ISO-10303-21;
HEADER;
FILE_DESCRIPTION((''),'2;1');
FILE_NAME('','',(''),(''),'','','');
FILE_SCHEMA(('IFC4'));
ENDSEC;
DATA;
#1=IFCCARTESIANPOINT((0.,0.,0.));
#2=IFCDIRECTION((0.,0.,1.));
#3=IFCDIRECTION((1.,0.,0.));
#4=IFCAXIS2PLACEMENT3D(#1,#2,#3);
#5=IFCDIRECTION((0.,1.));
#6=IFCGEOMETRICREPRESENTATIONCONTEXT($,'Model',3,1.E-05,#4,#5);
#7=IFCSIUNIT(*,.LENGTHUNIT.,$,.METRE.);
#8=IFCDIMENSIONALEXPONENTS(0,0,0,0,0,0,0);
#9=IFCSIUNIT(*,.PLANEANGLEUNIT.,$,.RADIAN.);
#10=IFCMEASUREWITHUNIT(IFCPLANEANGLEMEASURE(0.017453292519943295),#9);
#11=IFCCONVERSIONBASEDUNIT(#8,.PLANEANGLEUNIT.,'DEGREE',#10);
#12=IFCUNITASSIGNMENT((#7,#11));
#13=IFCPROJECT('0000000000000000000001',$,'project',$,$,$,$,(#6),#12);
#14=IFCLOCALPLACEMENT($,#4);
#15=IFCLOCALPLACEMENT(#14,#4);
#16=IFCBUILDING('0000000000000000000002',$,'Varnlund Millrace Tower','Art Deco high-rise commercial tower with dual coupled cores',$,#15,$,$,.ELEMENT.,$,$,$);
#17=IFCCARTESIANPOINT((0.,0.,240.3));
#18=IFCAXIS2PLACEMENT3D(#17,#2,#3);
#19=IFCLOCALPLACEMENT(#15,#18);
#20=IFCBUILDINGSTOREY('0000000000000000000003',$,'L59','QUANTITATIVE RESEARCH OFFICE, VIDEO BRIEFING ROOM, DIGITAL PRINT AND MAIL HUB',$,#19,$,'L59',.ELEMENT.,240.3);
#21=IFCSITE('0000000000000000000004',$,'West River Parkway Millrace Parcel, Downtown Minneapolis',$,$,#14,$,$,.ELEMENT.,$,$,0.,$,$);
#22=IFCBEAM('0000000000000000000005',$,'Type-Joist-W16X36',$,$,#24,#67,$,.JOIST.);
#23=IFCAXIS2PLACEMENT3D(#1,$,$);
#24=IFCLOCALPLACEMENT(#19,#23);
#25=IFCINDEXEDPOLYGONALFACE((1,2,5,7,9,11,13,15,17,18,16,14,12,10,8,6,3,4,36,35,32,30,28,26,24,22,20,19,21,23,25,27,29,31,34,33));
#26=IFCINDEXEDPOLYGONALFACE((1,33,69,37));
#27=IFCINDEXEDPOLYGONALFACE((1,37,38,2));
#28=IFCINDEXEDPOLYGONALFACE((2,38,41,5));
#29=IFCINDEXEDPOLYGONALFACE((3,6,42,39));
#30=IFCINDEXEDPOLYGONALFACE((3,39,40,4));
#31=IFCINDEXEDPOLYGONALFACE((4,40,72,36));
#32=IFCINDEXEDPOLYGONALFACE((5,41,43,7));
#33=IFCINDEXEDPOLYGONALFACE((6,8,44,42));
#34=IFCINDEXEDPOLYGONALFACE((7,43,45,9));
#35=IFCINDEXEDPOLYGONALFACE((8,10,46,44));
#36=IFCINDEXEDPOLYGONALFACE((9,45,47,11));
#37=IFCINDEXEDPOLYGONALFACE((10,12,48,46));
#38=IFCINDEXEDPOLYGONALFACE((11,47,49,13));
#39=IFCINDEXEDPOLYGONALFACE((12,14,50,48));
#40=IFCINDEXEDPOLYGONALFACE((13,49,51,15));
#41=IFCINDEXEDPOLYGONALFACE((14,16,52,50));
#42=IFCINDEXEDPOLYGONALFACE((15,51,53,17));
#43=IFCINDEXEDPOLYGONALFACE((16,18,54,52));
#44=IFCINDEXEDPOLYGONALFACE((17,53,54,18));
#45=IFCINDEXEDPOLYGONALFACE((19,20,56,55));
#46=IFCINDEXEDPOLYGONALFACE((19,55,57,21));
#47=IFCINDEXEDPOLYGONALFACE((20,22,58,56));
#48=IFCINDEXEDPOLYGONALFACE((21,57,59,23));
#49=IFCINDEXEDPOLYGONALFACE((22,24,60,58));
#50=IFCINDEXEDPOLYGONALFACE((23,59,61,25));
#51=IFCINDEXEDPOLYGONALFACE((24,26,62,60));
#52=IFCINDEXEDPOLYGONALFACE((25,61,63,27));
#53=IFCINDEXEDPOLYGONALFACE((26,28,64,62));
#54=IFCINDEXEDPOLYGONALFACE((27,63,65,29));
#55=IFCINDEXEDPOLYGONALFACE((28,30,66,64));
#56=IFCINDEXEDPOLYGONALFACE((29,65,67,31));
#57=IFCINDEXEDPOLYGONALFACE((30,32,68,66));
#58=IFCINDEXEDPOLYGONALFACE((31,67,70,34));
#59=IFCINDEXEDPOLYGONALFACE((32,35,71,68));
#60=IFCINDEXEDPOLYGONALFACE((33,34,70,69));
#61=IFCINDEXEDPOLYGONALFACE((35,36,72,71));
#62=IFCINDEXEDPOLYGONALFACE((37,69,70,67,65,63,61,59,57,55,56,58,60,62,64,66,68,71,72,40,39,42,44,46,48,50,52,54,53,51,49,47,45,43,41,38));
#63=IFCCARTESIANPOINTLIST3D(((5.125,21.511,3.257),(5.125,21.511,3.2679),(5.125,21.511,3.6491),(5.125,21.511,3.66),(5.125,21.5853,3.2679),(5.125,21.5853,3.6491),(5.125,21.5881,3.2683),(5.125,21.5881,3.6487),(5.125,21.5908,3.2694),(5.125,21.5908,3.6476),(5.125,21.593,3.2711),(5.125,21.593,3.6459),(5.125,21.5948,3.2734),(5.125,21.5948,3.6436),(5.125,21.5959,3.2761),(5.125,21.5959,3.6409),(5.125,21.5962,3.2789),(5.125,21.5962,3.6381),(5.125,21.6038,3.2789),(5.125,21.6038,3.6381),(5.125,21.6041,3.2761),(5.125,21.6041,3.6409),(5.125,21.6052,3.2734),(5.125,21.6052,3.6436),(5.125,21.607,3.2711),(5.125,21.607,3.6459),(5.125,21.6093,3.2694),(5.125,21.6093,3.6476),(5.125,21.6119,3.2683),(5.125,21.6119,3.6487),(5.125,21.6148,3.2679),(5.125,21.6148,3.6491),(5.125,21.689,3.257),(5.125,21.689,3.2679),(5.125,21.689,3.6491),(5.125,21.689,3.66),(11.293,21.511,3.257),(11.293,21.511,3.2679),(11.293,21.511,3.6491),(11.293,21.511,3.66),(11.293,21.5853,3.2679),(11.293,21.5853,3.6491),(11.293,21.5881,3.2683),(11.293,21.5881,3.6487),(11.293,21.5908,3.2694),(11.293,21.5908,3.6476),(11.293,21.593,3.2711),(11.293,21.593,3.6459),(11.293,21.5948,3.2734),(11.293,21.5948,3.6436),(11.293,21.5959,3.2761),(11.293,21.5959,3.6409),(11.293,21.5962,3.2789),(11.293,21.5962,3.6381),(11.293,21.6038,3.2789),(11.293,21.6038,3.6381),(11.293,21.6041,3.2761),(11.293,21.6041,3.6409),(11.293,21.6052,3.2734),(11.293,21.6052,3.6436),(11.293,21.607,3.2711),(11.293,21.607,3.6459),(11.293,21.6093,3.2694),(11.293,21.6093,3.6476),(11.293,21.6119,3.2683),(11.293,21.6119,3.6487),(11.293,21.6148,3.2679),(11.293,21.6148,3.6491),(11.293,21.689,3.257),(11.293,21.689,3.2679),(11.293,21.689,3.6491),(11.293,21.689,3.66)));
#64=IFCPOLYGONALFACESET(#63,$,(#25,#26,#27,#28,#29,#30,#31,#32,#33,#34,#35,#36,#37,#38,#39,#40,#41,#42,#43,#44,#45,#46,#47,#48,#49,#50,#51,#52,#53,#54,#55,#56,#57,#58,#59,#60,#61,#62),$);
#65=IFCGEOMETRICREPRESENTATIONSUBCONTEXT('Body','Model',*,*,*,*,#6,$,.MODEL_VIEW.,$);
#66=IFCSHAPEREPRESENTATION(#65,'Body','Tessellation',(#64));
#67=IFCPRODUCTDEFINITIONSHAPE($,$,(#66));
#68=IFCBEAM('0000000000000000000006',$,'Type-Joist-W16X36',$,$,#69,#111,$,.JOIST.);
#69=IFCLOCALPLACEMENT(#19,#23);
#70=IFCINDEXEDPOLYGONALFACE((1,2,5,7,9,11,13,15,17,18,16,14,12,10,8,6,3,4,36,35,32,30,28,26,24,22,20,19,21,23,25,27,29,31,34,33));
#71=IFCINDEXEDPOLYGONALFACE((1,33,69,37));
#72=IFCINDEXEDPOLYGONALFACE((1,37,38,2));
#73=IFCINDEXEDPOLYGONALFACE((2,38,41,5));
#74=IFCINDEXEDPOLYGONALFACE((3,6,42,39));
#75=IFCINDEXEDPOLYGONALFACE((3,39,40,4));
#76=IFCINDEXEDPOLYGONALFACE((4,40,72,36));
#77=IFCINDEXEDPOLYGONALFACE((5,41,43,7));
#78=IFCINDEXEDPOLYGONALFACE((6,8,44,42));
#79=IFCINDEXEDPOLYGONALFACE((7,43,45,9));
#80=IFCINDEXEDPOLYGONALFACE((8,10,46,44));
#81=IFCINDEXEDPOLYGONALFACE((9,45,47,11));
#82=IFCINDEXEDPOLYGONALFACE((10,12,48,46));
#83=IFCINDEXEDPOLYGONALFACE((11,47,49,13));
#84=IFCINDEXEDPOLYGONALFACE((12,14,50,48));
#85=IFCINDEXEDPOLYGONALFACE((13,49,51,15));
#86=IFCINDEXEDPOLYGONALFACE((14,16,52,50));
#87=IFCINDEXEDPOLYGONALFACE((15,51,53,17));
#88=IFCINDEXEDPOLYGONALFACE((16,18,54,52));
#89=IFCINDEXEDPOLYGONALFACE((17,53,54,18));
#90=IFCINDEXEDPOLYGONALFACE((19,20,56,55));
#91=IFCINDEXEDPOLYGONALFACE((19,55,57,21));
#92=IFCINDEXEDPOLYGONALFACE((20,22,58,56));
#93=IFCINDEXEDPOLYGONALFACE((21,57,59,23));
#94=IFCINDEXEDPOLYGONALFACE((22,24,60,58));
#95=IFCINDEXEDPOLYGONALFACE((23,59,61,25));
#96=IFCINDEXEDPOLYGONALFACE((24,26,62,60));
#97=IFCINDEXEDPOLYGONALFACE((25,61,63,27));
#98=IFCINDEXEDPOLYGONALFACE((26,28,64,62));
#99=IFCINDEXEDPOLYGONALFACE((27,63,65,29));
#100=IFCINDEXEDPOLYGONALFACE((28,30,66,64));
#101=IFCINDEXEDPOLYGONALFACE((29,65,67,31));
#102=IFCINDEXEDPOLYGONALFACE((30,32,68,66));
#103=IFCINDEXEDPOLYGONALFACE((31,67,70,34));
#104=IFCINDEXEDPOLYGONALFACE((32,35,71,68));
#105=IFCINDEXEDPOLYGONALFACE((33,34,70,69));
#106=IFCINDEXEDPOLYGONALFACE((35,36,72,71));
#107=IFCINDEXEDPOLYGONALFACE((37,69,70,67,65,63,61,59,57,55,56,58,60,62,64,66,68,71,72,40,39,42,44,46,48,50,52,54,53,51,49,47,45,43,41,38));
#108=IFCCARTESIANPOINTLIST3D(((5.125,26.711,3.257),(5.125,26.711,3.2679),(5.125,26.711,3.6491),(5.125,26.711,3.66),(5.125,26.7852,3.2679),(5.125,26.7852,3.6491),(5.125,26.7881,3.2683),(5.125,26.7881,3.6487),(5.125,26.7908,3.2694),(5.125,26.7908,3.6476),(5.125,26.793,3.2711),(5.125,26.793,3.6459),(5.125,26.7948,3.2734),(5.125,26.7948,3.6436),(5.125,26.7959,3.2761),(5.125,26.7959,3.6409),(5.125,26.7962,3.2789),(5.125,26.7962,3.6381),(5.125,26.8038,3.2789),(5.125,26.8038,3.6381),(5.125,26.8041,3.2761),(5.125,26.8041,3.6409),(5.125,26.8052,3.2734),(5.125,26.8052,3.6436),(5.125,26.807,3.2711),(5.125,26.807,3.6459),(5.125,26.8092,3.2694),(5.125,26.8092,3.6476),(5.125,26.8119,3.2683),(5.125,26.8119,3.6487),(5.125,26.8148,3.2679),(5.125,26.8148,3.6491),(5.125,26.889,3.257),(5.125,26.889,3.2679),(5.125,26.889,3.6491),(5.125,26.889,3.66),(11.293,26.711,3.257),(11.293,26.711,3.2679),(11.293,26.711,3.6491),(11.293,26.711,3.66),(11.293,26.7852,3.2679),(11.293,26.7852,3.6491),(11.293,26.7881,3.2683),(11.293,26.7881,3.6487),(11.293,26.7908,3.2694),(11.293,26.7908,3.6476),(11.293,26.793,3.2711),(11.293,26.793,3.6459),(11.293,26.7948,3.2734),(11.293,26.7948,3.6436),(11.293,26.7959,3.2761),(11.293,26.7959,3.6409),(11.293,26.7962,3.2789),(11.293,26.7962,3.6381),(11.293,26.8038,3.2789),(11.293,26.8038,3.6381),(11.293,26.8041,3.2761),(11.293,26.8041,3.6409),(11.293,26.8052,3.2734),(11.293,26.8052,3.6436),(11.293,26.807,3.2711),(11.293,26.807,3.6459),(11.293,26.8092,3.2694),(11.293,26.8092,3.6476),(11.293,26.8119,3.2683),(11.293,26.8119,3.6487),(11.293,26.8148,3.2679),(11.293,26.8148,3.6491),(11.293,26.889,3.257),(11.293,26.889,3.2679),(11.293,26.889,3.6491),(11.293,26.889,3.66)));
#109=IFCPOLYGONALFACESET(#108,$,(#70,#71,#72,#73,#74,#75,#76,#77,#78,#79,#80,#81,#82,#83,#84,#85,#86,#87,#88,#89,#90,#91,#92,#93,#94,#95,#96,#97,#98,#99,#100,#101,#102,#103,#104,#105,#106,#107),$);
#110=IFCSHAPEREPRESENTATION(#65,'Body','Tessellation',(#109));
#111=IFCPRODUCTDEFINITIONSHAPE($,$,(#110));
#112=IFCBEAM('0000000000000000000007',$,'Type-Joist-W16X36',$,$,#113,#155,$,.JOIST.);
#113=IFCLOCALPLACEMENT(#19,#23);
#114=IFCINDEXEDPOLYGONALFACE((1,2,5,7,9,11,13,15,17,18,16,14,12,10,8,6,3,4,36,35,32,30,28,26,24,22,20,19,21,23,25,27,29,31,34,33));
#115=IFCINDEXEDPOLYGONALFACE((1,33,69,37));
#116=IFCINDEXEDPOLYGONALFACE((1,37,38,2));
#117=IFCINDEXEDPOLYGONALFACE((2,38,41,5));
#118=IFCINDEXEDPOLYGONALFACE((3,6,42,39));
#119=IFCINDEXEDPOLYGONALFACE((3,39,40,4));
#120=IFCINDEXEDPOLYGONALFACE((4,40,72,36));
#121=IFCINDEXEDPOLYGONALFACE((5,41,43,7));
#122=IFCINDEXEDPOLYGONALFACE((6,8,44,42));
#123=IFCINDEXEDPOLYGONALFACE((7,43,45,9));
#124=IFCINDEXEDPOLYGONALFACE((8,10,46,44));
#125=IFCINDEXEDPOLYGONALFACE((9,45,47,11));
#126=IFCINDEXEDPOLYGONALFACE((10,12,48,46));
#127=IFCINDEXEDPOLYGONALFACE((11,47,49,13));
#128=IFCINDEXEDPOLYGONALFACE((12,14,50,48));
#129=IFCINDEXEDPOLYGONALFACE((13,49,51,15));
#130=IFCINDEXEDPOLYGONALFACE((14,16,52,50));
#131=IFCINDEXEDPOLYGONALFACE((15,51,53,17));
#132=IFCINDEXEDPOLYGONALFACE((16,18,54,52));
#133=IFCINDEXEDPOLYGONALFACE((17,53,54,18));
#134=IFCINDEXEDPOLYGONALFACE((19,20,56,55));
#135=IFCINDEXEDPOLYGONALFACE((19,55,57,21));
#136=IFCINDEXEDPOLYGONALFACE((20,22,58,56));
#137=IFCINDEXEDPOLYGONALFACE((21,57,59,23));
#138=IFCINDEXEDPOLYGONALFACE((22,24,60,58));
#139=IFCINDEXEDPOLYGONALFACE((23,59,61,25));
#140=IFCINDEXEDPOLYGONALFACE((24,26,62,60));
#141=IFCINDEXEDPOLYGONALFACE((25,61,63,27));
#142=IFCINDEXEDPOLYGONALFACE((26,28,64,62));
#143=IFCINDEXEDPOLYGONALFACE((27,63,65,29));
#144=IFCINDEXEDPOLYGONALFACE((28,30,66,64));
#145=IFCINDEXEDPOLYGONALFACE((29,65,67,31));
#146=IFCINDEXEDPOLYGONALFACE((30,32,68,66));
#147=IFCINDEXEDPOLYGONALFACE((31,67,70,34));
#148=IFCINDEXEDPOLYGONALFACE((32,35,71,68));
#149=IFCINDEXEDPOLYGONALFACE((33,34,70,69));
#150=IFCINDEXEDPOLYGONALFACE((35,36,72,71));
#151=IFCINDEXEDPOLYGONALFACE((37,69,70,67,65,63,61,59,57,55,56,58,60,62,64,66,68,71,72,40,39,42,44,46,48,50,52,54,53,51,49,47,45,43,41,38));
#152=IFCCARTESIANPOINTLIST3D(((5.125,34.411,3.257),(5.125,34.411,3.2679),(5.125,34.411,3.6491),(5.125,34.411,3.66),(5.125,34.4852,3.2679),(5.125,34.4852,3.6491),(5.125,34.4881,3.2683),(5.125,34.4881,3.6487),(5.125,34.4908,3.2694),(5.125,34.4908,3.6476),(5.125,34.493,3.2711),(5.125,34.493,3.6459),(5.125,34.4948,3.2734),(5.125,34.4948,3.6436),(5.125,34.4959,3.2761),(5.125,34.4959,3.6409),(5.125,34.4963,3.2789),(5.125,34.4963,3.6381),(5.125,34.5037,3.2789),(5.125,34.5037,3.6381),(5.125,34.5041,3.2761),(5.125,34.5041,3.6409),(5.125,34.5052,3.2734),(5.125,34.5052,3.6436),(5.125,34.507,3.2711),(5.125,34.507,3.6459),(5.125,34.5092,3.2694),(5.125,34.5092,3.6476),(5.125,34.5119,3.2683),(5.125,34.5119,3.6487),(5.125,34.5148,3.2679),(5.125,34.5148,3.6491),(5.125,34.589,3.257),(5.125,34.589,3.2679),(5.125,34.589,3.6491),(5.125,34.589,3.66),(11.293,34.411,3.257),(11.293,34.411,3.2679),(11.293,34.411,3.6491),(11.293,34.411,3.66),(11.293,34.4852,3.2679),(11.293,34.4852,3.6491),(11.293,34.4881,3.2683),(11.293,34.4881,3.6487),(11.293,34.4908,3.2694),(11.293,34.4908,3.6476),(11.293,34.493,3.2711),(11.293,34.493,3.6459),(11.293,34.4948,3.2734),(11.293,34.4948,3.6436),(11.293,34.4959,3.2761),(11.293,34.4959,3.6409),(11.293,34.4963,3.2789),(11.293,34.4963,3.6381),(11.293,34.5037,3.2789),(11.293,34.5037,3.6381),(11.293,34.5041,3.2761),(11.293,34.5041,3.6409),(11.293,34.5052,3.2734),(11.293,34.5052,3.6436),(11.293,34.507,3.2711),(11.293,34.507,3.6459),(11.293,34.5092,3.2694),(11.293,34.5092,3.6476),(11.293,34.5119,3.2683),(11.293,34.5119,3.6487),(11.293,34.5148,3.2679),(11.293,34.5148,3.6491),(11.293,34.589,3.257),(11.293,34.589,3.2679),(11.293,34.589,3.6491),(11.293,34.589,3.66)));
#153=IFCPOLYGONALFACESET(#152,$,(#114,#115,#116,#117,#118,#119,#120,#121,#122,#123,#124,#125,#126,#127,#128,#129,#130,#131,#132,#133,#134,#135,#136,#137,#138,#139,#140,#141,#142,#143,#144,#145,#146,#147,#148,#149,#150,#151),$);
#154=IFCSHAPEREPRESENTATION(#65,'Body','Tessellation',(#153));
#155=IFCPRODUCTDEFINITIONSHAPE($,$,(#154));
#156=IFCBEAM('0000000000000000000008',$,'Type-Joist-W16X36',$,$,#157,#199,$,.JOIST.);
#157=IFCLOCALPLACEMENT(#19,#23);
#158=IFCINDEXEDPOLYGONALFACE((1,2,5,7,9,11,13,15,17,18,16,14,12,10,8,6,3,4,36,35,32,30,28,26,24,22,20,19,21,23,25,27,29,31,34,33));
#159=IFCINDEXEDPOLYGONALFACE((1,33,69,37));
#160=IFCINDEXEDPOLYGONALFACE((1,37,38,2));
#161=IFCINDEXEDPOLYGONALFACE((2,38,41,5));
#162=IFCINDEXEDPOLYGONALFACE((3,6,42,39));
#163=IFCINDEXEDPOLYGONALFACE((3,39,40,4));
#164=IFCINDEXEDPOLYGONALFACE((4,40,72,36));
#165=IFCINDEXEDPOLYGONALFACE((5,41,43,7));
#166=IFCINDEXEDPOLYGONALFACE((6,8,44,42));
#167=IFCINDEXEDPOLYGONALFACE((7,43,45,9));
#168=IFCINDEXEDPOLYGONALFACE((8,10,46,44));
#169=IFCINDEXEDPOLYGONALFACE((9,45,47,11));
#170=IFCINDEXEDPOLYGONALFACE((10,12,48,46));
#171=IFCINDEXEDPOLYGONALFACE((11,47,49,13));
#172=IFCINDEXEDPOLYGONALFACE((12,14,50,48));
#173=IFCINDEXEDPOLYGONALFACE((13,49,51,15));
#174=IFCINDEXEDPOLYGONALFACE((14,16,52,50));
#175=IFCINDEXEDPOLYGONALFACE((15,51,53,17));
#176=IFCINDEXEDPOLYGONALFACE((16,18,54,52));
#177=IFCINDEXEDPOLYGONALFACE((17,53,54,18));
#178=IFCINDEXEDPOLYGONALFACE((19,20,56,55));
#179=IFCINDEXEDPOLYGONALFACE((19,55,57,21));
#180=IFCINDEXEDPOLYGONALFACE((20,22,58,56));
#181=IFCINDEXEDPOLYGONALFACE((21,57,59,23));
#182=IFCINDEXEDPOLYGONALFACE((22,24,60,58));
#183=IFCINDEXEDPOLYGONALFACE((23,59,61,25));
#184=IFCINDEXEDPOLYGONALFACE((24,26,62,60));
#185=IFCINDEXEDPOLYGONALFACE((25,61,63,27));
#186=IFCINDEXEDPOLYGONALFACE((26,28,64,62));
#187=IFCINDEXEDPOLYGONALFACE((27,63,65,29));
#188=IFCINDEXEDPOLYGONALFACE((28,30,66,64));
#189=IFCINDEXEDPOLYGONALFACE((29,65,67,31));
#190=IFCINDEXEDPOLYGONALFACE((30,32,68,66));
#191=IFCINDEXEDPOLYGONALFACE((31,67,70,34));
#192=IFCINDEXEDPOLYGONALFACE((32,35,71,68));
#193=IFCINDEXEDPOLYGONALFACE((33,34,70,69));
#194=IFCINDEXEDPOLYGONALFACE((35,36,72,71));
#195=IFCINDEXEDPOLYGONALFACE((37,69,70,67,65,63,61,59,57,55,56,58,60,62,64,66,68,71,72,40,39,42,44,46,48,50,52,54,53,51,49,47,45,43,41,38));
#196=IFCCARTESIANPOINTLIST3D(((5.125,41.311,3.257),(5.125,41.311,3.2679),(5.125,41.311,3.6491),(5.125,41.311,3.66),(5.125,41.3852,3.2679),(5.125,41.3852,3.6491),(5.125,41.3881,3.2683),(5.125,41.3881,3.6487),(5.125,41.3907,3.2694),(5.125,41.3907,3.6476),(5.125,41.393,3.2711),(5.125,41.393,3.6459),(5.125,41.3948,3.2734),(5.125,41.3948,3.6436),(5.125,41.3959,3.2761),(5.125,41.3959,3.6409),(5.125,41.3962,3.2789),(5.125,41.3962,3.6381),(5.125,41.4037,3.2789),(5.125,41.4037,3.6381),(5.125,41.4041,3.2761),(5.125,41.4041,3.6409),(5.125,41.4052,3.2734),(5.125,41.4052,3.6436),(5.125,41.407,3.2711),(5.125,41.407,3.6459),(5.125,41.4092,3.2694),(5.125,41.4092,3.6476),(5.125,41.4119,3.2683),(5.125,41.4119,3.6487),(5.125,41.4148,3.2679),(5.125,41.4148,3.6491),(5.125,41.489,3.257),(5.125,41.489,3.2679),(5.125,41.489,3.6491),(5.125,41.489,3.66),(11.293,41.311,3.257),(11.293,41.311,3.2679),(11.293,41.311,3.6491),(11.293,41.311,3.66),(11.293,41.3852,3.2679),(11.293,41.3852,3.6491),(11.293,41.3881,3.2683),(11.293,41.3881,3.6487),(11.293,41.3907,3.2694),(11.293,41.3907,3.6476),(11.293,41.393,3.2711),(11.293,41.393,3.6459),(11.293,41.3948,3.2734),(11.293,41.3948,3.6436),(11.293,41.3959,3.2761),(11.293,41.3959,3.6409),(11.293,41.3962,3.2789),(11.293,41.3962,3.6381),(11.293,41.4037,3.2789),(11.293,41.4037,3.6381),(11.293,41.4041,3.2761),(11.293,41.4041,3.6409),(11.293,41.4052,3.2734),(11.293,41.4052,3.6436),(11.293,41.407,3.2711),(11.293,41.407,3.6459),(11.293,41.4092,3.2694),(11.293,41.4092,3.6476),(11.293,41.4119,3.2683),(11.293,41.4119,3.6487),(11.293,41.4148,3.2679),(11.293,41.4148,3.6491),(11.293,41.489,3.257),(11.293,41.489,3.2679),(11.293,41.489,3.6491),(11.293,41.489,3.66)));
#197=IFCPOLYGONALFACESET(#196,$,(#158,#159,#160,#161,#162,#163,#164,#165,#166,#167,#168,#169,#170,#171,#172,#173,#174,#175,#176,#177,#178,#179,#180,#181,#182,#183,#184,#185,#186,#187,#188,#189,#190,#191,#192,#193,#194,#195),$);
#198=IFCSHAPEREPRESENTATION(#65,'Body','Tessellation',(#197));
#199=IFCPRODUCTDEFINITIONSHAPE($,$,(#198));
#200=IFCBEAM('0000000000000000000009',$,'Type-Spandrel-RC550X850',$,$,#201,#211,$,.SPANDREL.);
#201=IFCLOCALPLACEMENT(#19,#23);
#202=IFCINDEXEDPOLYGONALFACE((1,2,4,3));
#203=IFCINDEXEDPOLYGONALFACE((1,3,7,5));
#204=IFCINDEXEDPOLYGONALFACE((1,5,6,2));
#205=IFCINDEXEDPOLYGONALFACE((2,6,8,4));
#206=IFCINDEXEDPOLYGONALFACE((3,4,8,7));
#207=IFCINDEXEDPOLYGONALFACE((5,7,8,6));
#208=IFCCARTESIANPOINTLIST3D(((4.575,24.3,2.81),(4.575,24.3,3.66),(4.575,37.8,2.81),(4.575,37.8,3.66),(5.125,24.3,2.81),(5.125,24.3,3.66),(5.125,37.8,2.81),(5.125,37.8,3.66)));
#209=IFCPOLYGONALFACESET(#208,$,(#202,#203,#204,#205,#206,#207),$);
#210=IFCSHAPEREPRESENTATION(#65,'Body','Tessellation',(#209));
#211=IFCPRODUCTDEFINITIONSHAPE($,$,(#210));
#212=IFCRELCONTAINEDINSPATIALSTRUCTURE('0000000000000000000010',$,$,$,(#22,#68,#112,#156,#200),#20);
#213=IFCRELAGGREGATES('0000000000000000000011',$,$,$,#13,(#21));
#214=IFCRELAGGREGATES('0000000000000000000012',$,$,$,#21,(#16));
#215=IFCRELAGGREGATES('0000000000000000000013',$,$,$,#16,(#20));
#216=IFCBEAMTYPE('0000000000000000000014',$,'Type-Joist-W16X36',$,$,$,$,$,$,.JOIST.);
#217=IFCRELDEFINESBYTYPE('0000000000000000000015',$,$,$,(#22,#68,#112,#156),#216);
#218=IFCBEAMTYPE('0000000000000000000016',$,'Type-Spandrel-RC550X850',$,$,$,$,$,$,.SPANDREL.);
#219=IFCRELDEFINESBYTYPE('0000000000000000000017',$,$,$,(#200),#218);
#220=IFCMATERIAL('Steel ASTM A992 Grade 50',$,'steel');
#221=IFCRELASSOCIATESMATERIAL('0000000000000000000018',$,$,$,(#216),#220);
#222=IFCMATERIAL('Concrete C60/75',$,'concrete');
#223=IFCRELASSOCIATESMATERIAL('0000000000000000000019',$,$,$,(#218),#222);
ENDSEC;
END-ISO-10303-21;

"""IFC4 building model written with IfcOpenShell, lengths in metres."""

from ifc_helpers import new_model, entity, si_unit, converted_unit, direction, frame, origin_with_axes, origin_2d_with_axis, place, context, subcontext, project, spatial, rectangle, i_section, extrude, material, material_profile, profile_set, type_object, element, save


model = new_model("IFC4")

# Units and contexts
model_context = context("Model", 3, precision=1e-05, world=origin_with_axes(), true_north=direction((0.0, 1.0)))
body_context = subcontext(model_context, "Body", "Model", "MODEL_VIEW")
ifc_project = project(units=[si_unit("LENGTHUNIT", "METRE"), converted_unit("PLANEANGLEUNIT", "DEGREE", entity("IfcPlaneAngleMeasure", 0.017453292519943295), si_unit("PLANEANGLEUNIT", "RADIAN"), dimensions=[0, 0, 0, 0, 0, 0, 0])], contexts=[model_context])

# Site, building, storey
site_placement = place(None, origin_with_axes())
site = spatial("IfcSite", under=ifc_project, at=site_placement, Name="West River Parkway Millrace Parcel, Downtown Minneapolis", CompositionType="ELEMENT", RefElevation=0.0)
building_placement = place(site_placement, origin_with_axes())
building = spatial("IfcBuilding", under=site, at=building_placement, Name="Varnlund Millrace Tower", Description="Art Deco high-rise commercial tower with dual coupled cores", CompositionType="ELEMENT")
storey_placement = place(building_placement, frame((0.0, 0.0, 240.3), z_axis=(0.0, 0.0, 1.0), x_axis=(1.0, 0.0, 0.0)))
storey = spatial("IfcBuildingStorey", under=building, at=storey_placement, Name="L59", Description="QUANTITATIVE RESEARCH OFFICE, VIDEO BRIEFING ROOM, DIGITAL PRINT AND MAIL HUB", LongName="L59", CompositionType="ELEMENT", Elevation=240.3)

# Beams
ifc_material_1 = material(Name="Steel ASTM A992 Grade 50", Category="steel")
ifc_material_profile_1 = material_profile(ifc_material_1, i_section(OverallWidth=0.178, OverallDepth=0.403, WebThickness=0.0075, FlangeThickness=0.0109, FilletRadius=0.011, at=origin_2d_with_axis()), Name="Steel ASTM A992 Grade 50")
ifc_profile_set_1 = profile_set([ifc_material_profile_1], Name="Steel ASTM A992 Grade 50")
beam_type_1 = type_object("IfcBeamType", Name="Type-Joist-W16X36", PredefinedType="JOIST", material=ifc_profile_set_1)
for number, where, z_axis, x_axis, name in (
    (1, (5.125, 21.6, 3.4585), (1.0, 0.0, 0.0), (0.0, 1.0, 0.0), "Type-Joist-W16X36"),
    (2, (5.125, 26.8, 3.4585), (1.0, 0.0, 0.0), (0.0, 1.0, 0.0), "Type-Joist-W16X36"),
    (3, (5.125, 34.5, 3.4585), (1.0, 0.0, 0.0), (0.0, 1.0, 0.0), "Type-Joist-W16X36"),
    (4, (5.125, 41.4, 3.4585), (1.0, 0.0, 0.0), (0.0, 1.0, 0.0), "Type-Joist-W16X36"),
):
    element("IfcBeam", number, at=place(storey_placement, frame(where, z_axis=z_axis, x_axis=x_axis)), inside=storey, type_object=beam_type_1, Name=name, PredefinedType="JOIST", context=body_context, shape_type="SweptSolid", body=[
        extrude(i_section(OverallWidth=0.178, OverallDepth=0.403, WebThickness=0.0075, FlangeThickness=0.0109, FilletRadius=0.011, at=origin_2d_with_axis()), origin_with_axes(), (0.0, 0.0, 1.0), 6.168),
    ])
ifc_material_2 = material(Name="Concrete C60/75", Category="concrete")
ifc_material_profile_2 = material_profile(ifc_material_2, rectangle(XDim=0.55, YDim=0.85, at=origin_2d_with_axis()), Name="Concrete C60/75")
ifc_profile_set_2 = profile_set([ifc_material_profile_2], Name="Concrete C60/75")
beam_type_2 = type_object("IfcBeamType", Name="Type-Spandrel-RC550X850", PredefinedType="SPANDREL", material=ifc_profile_set_2)
beam_1_placement = place(storey_placement, frame((4.85, 24.3, 3.235), z_axis=(0.0, 1.0, 0.0), x_axis=(-1.0, 0.0, 0.0)))
element("IfcBeam", 5, at=beam_1_placement, inside=storey, type_object=beam_type_2, Name="Type-Spandrel-RC550X850", PredefinedType="SPANDREL", context=body_context, shape_type="SweptSolid", body=[
    extrude(rectangle(XDim=0.55, YDim=0.85, at=origin_2d_with_axis()), origin_with_axes(), (0.0, 0.0, 1.0), 13.5),
])

save(model, "model.ifc")
